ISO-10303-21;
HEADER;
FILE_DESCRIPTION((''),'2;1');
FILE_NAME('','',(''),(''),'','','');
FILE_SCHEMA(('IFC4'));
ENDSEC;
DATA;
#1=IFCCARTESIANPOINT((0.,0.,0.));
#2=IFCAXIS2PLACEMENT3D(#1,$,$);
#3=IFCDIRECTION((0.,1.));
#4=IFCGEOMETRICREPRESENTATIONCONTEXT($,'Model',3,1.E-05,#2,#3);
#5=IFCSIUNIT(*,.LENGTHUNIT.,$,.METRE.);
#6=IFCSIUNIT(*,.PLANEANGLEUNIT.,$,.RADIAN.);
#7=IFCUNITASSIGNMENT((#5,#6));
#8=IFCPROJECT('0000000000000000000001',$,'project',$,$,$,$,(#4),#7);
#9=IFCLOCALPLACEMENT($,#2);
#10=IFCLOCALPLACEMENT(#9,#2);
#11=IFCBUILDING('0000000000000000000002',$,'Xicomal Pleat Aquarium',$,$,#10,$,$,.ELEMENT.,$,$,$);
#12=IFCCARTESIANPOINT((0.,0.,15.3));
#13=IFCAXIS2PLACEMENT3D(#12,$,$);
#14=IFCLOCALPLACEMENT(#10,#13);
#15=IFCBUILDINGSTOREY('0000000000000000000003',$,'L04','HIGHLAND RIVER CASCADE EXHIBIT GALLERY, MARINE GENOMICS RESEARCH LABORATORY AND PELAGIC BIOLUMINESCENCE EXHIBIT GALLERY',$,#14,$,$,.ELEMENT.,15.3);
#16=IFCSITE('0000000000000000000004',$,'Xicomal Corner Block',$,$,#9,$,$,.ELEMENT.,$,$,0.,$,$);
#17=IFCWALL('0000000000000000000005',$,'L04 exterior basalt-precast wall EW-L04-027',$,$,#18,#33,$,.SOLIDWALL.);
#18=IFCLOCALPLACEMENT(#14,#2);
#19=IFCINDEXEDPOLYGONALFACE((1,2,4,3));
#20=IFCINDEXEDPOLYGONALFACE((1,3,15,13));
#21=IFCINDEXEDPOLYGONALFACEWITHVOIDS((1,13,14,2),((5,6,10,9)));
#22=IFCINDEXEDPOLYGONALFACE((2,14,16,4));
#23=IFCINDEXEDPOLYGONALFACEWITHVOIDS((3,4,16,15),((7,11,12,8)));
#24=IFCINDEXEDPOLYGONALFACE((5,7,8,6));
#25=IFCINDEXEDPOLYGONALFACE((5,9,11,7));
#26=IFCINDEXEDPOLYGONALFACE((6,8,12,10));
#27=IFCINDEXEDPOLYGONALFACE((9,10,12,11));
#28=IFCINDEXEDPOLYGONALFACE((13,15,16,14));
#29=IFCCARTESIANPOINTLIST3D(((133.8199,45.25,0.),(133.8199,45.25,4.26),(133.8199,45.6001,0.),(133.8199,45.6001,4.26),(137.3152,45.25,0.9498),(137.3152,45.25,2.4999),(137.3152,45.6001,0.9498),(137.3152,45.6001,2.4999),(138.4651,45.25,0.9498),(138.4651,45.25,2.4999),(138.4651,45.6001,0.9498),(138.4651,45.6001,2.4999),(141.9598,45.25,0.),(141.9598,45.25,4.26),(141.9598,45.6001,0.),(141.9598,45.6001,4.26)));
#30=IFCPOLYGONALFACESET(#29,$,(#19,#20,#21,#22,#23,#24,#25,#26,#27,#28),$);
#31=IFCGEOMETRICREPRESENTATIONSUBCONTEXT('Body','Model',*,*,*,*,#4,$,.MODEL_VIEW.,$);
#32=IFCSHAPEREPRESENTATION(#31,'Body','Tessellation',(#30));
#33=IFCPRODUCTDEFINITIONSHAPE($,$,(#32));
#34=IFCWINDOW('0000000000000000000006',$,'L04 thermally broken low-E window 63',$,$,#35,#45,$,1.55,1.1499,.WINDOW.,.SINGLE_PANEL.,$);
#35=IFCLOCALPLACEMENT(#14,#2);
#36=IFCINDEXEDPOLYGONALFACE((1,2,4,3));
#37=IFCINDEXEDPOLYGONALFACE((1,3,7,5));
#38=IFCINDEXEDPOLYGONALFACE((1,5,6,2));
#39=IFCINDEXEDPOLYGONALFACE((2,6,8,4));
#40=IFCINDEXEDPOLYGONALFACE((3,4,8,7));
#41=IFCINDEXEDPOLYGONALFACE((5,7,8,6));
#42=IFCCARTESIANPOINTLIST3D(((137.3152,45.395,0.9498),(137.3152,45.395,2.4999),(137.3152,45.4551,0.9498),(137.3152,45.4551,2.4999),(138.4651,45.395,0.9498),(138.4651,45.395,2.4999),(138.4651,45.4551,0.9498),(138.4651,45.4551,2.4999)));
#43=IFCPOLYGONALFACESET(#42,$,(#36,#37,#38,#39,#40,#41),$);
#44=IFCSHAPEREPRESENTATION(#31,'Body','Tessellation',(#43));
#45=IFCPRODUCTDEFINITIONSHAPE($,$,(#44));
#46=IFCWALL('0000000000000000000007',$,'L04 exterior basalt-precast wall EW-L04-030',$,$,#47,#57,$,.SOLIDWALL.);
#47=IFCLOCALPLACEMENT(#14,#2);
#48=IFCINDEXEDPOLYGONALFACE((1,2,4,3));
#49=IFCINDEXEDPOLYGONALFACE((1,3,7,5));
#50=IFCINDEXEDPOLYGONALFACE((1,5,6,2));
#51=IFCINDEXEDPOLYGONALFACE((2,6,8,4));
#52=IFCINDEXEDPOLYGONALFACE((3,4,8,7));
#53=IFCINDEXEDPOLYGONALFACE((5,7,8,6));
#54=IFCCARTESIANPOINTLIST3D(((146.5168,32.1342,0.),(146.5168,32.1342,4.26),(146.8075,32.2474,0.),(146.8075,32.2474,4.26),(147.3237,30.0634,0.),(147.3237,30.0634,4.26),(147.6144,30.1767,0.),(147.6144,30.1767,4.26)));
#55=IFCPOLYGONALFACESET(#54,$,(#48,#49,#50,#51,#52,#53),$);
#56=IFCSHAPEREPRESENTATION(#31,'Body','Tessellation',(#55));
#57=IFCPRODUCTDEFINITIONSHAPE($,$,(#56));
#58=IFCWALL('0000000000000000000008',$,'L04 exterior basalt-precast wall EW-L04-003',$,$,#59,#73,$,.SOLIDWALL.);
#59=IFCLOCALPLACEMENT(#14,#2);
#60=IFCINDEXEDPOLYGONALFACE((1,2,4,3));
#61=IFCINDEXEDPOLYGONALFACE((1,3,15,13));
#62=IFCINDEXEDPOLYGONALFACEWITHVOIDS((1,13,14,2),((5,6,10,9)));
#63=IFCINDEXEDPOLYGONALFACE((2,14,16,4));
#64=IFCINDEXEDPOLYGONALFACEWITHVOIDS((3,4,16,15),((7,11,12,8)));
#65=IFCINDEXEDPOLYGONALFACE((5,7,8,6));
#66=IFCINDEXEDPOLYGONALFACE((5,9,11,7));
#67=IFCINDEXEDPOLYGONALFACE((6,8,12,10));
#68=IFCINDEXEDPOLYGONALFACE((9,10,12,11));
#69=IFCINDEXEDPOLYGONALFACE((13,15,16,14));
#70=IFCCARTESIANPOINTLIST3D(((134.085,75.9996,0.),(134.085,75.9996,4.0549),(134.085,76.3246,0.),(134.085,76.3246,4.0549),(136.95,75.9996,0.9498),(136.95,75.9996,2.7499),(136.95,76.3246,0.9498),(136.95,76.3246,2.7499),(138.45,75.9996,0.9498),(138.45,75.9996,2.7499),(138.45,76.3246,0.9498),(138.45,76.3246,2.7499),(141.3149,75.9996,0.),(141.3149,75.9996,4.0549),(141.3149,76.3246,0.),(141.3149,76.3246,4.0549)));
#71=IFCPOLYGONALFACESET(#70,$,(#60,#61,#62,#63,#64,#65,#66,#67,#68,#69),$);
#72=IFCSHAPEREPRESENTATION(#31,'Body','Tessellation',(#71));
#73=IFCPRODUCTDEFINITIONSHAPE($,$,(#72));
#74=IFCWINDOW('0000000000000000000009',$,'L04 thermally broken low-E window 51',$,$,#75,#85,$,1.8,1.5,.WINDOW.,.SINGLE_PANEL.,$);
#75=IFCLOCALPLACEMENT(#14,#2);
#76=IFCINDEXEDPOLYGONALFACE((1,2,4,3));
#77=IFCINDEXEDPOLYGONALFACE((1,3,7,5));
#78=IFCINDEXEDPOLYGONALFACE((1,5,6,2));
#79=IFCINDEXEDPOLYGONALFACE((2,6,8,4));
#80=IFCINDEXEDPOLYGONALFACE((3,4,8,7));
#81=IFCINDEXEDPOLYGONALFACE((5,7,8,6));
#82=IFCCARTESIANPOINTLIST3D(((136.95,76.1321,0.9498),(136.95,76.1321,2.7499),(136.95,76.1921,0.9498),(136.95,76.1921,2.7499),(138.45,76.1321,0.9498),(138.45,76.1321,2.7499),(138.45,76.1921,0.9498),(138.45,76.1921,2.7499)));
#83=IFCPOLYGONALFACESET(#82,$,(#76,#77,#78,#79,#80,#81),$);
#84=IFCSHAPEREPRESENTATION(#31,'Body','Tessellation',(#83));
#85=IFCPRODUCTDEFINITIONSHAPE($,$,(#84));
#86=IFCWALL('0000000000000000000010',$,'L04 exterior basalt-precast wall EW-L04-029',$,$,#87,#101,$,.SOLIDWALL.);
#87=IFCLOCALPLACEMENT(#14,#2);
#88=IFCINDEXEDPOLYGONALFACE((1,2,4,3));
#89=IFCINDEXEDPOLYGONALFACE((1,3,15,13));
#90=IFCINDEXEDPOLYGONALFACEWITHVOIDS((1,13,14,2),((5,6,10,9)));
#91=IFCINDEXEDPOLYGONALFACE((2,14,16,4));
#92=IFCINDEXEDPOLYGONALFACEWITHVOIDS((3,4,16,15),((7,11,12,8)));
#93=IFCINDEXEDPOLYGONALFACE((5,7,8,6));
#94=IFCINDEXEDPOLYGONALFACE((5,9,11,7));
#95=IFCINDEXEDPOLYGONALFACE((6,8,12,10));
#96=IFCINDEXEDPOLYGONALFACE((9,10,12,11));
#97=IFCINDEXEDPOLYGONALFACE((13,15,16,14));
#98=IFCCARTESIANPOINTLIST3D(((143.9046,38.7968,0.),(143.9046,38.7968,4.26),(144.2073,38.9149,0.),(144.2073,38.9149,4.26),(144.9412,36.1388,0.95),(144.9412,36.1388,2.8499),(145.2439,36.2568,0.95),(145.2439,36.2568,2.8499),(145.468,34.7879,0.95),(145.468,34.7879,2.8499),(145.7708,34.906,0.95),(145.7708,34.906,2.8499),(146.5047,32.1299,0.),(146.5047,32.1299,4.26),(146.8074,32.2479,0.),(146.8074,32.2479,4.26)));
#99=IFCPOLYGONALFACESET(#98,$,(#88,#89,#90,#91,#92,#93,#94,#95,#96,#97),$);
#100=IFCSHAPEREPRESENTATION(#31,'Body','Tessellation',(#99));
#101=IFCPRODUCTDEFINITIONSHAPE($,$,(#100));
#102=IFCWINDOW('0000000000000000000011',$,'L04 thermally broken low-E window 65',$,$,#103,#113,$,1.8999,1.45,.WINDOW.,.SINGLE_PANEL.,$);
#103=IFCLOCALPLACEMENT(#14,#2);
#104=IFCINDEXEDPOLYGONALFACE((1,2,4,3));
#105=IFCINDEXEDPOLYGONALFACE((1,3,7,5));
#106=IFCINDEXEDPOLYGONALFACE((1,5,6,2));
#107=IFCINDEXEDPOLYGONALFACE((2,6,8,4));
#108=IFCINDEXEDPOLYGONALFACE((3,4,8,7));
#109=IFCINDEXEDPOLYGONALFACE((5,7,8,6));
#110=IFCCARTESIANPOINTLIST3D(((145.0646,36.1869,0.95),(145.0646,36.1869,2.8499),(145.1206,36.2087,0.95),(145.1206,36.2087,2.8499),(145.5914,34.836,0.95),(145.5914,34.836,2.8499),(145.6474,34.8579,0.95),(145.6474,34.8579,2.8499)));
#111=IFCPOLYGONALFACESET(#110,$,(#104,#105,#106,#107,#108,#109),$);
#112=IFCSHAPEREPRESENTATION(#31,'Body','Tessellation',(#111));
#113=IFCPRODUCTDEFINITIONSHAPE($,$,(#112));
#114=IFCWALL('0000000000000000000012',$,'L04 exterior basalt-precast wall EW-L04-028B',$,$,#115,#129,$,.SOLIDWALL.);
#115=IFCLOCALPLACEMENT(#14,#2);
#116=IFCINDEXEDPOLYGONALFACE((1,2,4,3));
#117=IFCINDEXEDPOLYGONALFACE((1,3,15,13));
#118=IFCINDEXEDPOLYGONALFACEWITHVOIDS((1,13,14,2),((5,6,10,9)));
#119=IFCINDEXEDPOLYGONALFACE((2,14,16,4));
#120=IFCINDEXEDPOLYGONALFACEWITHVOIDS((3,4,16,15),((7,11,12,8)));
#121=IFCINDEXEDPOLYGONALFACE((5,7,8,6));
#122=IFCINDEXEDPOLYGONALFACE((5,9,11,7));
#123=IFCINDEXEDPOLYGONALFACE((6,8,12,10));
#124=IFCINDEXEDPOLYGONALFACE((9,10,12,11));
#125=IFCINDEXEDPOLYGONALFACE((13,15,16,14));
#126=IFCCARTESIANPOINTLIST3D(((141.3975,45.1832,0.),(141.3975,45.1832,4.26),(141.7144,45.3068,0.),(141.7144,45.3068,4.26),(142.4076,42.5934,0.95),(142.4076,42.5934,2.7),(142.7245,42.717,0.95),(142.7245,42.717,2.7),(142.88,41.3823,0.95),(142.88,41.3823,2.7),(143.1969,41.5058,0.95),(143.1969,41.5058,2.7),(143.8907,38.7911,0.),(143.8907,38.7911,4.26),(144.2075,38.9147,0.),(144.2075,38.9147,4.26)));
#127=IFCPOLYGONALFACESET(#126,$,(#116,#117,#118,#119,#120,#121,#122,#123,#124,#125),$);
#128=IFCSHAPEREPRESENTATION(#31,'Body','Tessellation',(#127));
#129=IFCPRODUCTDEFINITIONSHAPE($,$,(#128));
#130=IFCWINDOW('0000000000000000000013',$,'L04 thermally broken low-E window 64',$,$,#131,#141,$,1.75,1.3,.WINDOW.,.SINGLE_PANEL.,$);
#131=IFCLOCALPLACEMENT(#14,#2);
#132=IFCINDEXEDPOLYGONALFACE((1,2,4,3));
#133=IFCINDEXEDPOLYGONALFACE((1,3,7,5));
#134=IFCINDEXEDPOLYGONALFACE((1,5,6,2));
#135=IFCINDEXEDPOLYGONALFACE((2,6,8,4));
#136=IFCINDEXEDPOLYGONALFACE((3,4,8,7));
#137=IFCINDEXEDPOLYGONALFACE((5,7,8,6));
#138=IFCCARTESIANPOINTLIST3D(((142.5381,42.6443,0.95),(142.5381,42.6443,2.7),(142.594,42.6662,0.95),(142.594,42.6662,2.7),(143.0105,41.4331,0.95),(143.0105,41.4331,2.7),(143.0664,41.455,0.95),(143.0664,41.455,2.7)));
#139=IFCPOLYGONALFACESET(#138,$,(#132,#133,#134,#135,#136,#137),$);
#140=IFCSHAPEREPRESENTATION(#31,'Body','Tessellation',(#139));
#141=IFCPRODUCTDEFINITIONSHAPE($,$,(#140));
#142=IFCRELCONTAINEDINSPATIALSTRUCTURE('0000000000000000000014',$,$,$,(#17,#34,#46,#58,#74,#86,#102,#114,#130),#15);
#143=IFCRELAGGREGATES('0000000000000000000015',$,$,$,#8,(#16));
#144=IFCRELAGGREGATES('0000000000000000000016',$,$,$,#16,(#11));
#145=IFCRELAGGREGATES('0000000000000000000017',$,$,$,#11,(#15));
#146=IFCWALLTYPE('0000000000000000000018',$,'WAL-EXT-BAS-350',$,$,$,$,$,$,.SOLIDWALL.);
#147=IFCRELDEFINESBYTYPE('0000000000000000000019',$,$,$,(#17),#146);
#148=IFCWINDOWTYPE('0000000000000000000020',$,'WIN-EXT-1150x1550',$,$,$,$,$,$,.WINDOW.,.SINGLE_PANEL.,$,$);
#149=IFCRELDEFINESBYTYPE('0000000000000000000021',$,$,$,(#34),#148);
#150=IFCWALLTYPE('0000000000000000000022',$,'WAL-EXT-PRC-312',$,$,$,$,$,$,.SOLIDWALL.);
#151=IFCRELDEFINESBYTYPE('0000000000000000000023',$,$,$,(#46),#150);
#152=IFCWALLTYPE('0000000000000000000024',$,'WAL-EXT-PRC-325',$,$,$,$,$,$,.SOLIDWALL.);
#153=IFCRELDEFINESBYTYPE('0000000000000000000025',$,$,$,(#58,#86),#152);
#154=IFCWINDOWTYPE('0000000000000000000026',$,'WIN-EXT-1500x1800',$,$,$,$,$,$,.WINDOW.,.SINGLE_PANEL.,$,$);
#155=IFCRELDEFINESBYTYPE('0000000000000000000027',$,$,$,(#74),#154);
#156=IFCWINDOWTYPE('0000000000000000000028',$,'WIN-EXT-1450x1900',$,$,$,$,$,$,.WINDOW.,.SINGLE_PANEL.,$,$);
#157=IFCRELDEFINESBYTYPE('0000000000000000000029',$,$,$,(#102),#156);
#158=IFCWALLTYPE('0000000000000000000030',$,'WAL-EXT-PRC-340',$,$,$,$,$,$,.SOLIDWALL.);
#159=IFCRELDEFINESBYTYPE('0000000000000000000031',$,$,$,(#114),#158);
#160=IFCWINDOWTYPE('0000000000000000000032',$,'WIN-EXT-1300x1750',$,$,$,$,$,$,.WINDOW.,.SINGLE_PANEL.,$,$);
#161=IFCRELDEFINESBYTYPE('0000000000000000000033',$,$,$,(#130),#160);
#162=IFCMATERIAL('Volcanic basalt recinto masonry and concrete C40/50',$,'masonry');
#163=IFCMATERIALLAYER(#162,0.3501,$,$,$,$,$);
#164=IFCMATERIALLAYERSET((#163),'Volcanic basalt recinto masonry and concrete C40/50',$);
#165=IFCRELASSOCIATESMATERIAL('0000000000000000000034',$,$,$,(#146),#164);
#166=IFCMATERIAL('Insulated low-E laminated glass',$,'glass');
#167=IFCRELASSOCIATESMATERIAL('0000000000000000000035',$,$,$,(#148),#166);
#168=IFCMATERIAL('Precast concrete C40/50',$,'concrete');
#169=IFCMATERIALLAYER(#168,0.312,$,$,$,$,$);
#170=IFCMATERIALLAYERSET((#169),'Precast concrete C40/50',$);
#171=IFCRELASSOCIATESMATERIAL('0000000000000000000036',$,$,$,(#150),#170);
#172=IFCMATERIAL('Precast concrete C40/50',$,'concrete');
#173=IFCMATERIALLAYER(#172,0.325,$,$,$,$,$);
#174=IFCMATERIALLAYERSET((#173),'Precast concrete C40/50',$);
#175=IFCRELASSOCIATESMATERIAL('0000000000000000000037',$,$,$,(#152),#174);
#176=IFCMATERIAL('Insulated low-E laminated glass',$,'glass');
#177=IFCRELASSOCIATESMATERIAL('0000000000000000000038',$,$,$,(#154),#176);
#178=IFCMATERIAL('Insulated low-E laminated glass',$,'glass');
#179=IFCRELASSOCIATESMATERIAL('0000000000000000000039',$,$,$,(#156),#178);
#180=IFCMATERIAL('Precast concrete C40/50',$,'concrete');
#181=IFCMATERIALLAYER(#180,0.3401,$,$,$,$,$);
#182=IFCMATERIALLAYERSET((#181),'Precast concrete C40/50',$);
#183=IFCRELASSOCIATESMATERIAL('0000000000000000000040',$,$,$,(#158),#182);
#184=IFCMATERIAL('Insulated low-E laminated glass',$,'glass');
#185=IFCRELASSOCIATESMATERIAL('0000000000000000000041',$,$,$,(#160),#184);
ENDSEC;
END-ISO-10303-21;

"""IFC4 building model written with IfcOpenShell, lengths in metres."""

from ifc_helpers import new_model, si_unit, direction, frame, frame_2d, origin, place, context, subcontext, project, spatial, rectangle, extrude, material, layer, layer_set, type_object, element, fill, save


model = new_model("IFC4")

# Units and contexts
model_context = context("Model", 3, precision=1e-05, world=origin(), true_north=direction((0.0, 1.0)))
body_context = subcontext(model_context, "Body", "Model", "MODEL_VIEW")
ifc_project = project(units=[si_unit("LENGTHUNIT", "METRE"), si_unit("PLANEANGLEUNIT", "RADIAN")], contexts=[model_context])

# Site, building, storey
site_placement = place(None, origin())
site = spatial("IfcSite", under=ifc_project, at=site_placement, Name="Xicomal Corner Block", CompositionType="ELEMENT", RefElevation=0.0)
building_placement = place(site_placement, origin())
building = spatial("IfcBuilding", under=site, at=building_placement, Name="Xicomal Pleat Aquarium", CompositionType="ELEMENT")
storey_placement = place(building_placement, frame((0.0, 0.0, 15.3)))
storey = spatial("IfcBuildingStorey", under=building, at=storey_placement, Name="L04", Description="HIGHLAND RIVER CASCADE EXHIBIT GALLERY, MARINE GENOMICS RESEARCH LABORATORY AND PELAGIC BIOLUMINESCENCE EXHIBIT GALLERY", CompositionType="ELEMENT", Elevation=15.3)

# Wall, opening, window
ifc_material_1 = material(Name="Volcanic basalt recinto masonry and concrete C40/50", Category="masonry")
ifc_layer_1 = layer(ifc_material_1, 0.3501)
ifc_layer_set_1 = layer_set([ifc_layer_1], Name="Volcanic basalt recinto masonry and concrete C40/50")
wall_type_1 = type_object("IfcWallType", Name="WAL-EXT-BAS-350", PredefinedType="SOLIDWALL", material=ifc_layer_set_1)
wall_1_placement = place(storey_placement, frame((133.8201, 45.425, 0.0), z_axis=(0.0, 0.0, 1.0), x_axis=(1.0, 0.0, 0.0)))
wall_1 = element("IfcWall", 1, at=wall_1_placement, inside=storey, type_object=wall_type_1, Name="L04 exterior basalt-precast wall EW-L04-027", PredefinedType="SOLIDWALL", context=body_context, shape_type="SweptSolid", body=[
    extrude(rectangle(XDim=8.1399, YDim=0.3501, at=frame_2d((4.0698, 0.0))), origin(), (0.0, 0.0, 1.0), 4.26),
])
opening_1_placement = place(wall_1_placement, frame((3.4951, 0.0, 0.95)))
opening_1 = element("IfcOpeningElement", 2, at=opening_1_placement, cuts=wall_1, PredefinedType="OPENING", context=body_context, shape_type="SweptSolid", body=[
    extrude(rectangle(XDim=1.1499, YDim=1.55, at=frame_2d((0.575, 0.7749))), frame((0.0, 0.1851, 0.0), z_axis=(0.0, -1.0, 0.0), x_axis=(1.0, 0.0, 0.0)), (0.0, 0.0, 1.0), 0.3701),
])
ifc_material_2 = material(Name="Insulated low-E laminated glass", Category="glass")
window_type_1 = type_object("IfcWindowType", Name="WIN-EXT-1150x1550", PartitioningType="SINGLE_PANEL", PredefinedType="WINDOW", material=ifc_material_2)
window_1_placement = place(opening_1_placement, origin())
window_1 = element("IfcWindow", 3, at=window_1_placement, inside=storey, type_object=window_type_1, Name="L04 thermally broken low-E window 63", OverallHeight=1.55, OverallWidth=1.1499, PartitioningType="SINGLE_PANEL", PredefinedType="WINDOW", context=body_context, shape_type="SweptSolid", body=[
    extrude(rectangle(XDim=1.1499, YDim=1.55, at=frame_2d((0.575, 0.7749))), frame((0.0, 0.03, 0.0), z_axis=(0.0, -1.0, 0.0), x_axis=(1.0, 0.0, 0.0)), (0.0, 0.0, 1.0), 0.0601),
])
fill(opening_1, window_1)

# Wall
ifc_material_3 = material(Name="Precast concrete C40/50", Category="concrete")
ifc_layer_2 = layer(ifc_material_3, 0.312)
ifc_layer_set_2 = layer_set([ifc_layer_2], Name="Precast concrete C40/50")
wall_type_2 = type_object("IfcWallType", Name="WAL-EXT-PRC-312", PredefinedType="SOLIDWALL", material=ifc_layer_set_2)
wall_2_placement = place(storey_placement, frame((146.6621, 32.1909, 0.0), z_axis=(0.0, 0.0, 1.0), x_axis=(0.363061, -0.931765, 0.0)))
element("IfcWall", 4, at=wall_2_placement, inside=storey, type_object=wall_type_2, Name="L04 exterior basalt-precast wall EW-L04-030", PredefinedType="SOLIDWALL", context=body_context, shape_type="SweptSolid", body=[
    extrude(rectangle(XDim=2.2224, YDim=0.312, at=frame_2d((1.1113, 0.0))), origin(), (0.0, 0.0, 1.0), 4.26),
])

# Walls, openings, windows
ifc_material_4 = material(Name="Precast concrete C40/50", Category="concrete")
ifc_layer_3 = layer(ifc_material_4, 0.325)
ifc_layer_set_3 = layer_set([ifc_layer_3], Name="Precast concrete C40/50")
wall_type_3 = type_object("IfcWallType", Name="WAL-EXT-PRC-325", PredefinedType="SOLIDWALL", material=ifc_layer_set_3)
wall_3_placement = place(storey_placement, frame((141.3149, 76.1621, 0.0), z_axis=(0.0, 0.0, 1.0), x_axis=(-1.0, 0.0, 0.0)))
wall_3 = element("IfcWall", 5, at=wall_3_placement, inside=storey, type_object=wall_type_3, Name="L04 exterior basalt-precast wall EW-L04-003", PredefinedType="SOLIDWALL", context=body_context, shape_type="SweptSolid", body=[
    extrude(rectangle(XDim=7.23, YDim=0.325, at=frame_2d((3.615, 0.0))), origin(), (0.0, 0.0, 1.0), 4.0549),
])
opening_2_placement = place(wall_3_placement, frame((2.865, 0.0, 0.95)))
opening_2 = element("IfcOpeningElement", 6, at=opening_2_placement, cuts=wall_3, PredefinedType="OPENING", context=body_context, shape_type="SweptSolid", body=[
    extrude(rectangle(XDim=1.5, YDim=1.8, at=frame_2d((0.75, 0.8999))), frame((0.0, 0.1724, 0.0), z_axis=(0.0, -1.0, 0.0), x_axis=(1.0, 0.0, 0.0)), (0.0, 0.0, 1.0), 0.345),
])
ifc_material_5 = material(Name="Insulated low-E laminated glass", Category="glass")
window_type_2 = type_object("IfcWindowType", Name="WIN-EXT-1500x1800", PartitioningType="SINGLE_PANEL", PredefinedType="WINDOW", material=ifc_material_5)
window_2_placement = place(opening_2_placement, origin())
window_2 = element("IfcWindow", 7, at=window_2_placement, inside=storey, type_object=window_type_2, Name="L04 thermally broken low-E window 51", OverallHeight=1.8, OverallWidth=1.5, PartitioningType="SINGLE_PANEL", PredefinedType="WINDOW", context=body_context, shape_type="SweptSolid", body=[
    extrude(rectangle(XDim=1.5, YDim=1.8, at=frame_2d((0.75, 0.8999))), frame((0.0, 0.03, 0.0), z_axis=(0.0, -1.0, 0.0), x_axis=(1.0, 0.0, 0.0)), (0.0, 0.0, 1.0), 0.0601),
])
fill(opening_2, window_2)
wall_4_placement = place(storey_placement, frame((144.0559, 38.856, 0.0), z_axis=(0.0, 0.0, 1.0), x_axis=(0.363342, -0.931656, 0.0)))
wall_4 = element("IfcWall", 8, at=wall_4_placement, inside=storey, type_object=wall_type_3, Name="L04 exterior basalt-precast wall EW-L04-029", PredefinedType="SOLIDWALL", context=body_context, shape_type="SweptSolid", body=[
    extrude(rectangle(XDim=7.156, YDim=0.325, at=frame_2d((3.5781, 0.0))), origin(), (0.0, 0.0, 1.0), 4.26),
])
opening_3_placement = place(wall_4_placement, frame((2.853, 0.0, 0.95)))
opening_3 = element("IfcOpeningElement", 9, at=opening_3_placement, cuts=wall_4, PredefinedType="OPENING", context=body_context, shape_type="SweptSolid", body=[
    extrude(rectangle(XDim=1.45, YDim=1.8999, at=frame_2d((0.7251, 0.95))), frame((0.0, 0.1724, 0.0), z_axis=(0.0, -1.0, 0.0), x_axis=(1.0, 0.0, 0.0)), (0.0, 0.0, 1.0), 0.345),
])
ifc_material_6 = material(Name="Insulated low-E laminated glass", Category="glass")
window_type_3 = type_object("IfcWindowType", Name="WIN-EXT-1450x1900", PartitioningType="SINGLE_PANEL", PredefinedType="WINDOW", material=ifc_material_6)
window_3_placement = place(opening_3_placement, origin())
window_3 = element("IfcWindow", 10, at=window_3_placement, inside=storey, type_object=window_type_3, Name="L04 thermally broken low-E window 65", OverallHeight=1.8999, OverallWidth=1.45, PartitioningType="SINGLE_PANEL", PredefinedType="WINDOW", context=body_context, shape_type="SweptSolid", body=[
    extrude(rectangle(XDim=1.45, YDim=1.8999, at=frame_2d((0.7251, 0.95))), frame((0.0, 0.03, 0.0), z_axis=(0.0, -1.0, 0.0), x_axis=(1.0, 0.0, 0.0)), (0.0, 0.0, 1.0), 0.0601),
])
fill(opening_3, window_3)
ifc_material_7 = material(Name="Precast concrete C40/50", Category="concrete")
ifc_layer_4 = layer(ifc_material_7, 0.3401)
ifc_layer_set_4 = layer_set([ifc_layer_4], Name="Precast concrete C40/50")
wall_type_4 = type_object("IfcWallType", Name="WAL-EXT-PRC-340", PredefinedType="SOLIDWALL", material=ifc_layer_set_4)
wall_5_placement = place(storey_placement, frame((141.5559, 45.2451, 0.0), z_axis=(0.0, 0.0, 1.0), x_axis=(0.363377, -0.931642, 0.0)))
wall_5 = element("IfcWall", 11, at=wall_5_placement, inside=storey, type_object=wall_type_4, Name="L04 exterior basalt-precast wall EW-L04-028B", PredefinedType="SOLIDWALL", context=body_context, shape_type="SweptSolid", body=[
    extrude(rectangle(XDim=6.8611, YDim=0.3401, at=frame_2d((3.4307, 0.0))), origin(), (0.0, 0.0, 1.0), 4.26),
])
opening_4_placement = place(wall_5_placement, frame((2.78, 0.0, 0.95)))
opening_4 = element("IfcOpeningElement", 12, at=opening_4_placement, cuts=wall_5, PredefinedType="OPENING", context=body_context, shape_type="SweptSolid", body=[
    extrude(rectangle(XDim=1.3, YDim=1.75, at=frame_2d((0.6499, 0.875))), frame((0.0, 0.1799, 0.0), z_axis=(0.0, -1.0, 0.0), x_axis=(1.0, 0.0, 0.0)), (0.0, 0.0, 1.0), 0.3601),
])
ifc_material_8 = material(Name="Insulated low-E laminated glass", Category="glass")
window_type_4 = type_object("IfcWindowType", Name="WIN-EXT-1300x1750", PartitioningType="SINGLE_PANEL", PredefinedType="WINDOW", material=ifc_material_8)
window_4_placement = place(opening_4_placement, origin())
window_4 = element("IfcWindow", 13, at=window_4_placement, inside=storey, type_object=window_type_4, Name="L04 thermally broken low-E window 64", OverallHeight=1.75, OverallWidth=1.3, PartitioningType="SINGLE_PANEL", PredefinedType="WINDOW", context=body_context, shape_type="SweptSolid", body=[
    extrude(rectangle(XDim=1.3, YDim=1.75, at=frame_2d((0.6499, 0.875))), frame((0.0, 0.03, 0.0), z_axis=(0.0, -1.0, 0.0), x_axis=(1.0, 0.0, 0.0)), (0.0, 0.0, 1.0), 0.0601),
])
fill(opening_4, window_4)

save(model, "model.ifc")
